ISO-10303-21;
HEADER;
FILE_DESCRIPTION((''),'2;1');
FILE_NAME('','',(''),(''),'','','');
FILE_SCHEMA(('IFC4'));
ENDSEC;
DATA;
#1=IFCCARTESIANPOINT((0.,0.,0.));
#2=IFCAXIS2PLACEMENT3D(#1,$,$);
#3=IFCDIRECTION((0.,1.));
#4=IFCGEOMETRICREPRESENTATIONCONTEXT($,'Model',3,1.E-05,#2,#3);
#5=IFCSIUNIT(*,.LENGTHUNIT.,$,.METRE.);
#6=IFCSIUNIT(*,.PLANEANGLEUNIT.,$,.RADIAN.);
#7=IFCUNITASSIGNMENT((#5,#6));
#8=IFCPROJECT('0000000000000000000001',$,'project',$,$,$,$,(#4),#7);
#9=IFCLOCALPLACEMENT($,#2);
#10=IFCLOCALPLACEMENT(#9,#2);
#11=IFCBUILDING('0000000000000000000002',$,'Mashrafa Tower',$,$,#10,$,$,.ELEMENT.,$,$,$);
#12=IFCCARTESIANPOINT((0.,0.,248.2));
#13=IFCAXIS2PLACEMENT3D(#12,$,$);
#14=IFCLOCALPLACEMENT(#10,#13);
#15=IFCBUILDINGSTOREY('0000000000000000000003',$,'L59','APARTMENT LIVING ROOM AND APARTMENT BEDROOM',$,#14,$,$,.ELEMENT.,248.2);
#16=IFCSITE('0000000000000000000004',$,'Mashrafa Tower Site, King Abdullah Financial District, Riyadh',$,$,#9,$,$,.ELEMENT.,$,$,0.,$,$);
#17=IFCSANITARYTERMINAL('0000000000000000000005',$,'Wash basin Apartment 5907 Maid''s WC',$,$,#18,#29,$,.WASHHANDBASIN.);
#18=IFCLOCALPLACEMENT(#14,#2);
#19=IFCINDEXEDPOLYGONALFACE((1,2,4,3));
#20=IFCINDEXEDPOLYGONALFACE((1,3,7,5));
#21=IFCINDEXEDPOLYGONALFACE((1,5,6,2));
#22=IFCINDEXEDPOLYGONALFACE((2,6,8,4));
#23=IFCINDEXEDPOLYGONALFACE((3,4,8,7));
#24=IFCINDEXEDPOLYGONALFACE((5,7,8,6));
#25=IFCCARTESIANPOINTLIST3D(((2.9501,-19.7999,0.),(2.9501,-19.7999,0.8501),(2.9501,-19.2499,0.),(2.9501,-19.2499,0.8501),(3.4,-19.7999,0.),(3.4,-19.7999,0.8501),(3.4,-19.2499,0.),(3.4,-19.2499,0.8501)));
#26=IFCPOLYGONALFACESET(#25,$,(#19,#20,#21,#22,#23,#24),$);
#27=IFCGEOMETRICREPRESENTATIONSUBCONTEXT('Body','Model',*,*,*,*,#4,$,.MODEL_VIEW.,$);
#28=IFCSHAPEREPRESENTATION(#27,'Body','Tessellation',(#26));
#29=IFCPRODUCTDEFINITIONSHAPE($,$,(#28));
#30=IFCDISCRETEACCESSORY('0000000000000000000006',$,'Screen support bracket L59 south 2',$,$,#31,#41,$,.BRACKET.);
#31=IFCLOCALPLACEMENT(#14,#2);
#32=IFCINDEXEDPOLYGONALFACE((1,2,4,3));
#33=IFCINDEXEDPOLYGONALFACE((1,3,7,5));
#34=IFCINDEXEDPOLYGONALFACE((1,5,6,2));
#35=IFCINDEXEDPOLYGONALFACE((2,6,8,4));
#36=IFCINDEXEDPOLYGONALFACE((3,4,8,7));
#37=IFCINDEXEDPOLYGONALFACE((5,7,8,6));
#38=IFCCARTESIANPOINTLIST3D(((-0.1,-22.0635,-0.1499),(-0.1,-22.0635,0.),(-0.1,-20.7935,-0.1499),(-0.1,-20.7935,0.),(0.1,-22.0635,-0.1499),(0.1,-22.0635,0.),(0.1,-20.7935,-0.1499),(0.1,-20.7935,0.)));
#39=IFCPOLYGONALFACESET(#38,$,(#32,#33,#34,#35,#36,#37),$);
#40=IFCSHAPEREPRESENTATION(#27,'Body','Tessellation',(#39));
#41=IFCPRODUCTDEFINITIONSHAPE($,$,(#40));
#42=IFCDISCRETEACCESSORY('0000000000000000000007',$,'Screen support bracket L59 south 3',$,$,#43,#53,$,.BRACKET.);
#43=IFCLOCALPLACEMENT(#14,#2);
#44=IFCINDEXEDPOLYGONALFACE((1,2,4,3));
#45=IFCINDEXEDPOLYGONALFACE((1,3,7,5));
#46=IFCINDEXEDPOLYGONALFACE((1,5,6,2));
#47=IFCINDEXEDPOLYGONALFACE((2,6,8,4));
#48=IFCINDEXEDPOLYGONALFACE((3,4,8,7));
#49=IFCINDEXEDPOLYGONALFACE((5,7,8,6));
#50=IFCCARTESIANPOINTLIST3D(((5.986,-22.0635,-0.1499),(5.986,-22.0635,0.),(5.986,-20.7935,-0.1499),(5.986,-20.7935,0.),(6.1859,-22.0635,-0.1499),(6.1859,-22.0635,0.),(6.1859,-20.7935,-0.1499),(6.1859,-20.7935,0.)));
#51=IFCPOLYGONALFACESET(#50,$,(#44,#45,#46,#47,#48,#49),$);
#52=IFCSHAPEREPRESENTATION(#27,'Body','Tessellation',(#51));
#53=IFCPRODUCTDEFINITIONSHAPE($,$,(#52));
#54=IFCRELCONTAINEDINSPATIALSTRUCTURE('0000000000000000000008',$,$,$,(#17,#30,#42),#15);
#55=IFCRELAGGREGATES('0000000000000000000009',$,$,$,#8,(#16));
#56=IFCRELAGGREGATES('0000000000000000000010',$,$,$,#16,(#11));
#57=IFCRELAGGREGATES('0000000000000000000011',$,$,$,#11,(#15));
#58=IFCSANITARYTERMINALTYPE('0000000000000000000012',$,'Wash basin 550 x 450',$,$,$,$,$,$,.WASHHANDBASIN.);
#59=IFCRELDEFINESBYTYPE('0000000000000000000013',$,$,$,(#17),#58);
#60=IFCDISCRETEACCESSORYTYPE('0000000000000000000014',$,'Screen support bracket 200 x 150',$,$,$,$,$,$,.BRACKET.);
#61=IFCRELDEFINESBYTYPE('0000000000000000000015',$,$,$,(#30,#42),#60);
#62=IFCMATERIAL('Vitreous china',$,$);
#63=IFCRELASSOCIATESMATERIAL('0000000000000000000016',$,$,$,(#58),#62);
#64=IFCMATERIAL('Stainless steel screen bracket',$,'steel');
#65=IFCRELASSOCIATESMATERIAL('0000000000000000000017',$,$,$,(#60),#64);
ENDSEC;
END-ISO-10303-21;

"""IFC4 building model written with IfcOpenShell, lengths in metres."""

from ifc_helpers import new_model, si_unit, direction, frame, origin, origin_2d, place, context, subcontext, project, spatial, rectangle, extrude, source, transform, mapped, material, type_object, type_shapes, element, save


model = new_model("IFC4")

# Units and contexts
model_context = context("Model", 3, precision=1e-05, world=origin(), true_north=direction((0.0, 1.0)))
body_context = subcontext(model_context, "Body", "Model", "MODEL_VIEW")
ifc_project = project(units=[si_unit("LENGTHUNIT", "METRE"), si_unit("PLANEANGLEUNIT", "RADIAN")], contexts=[model_context])

# Site, building, storey
site_placement = place(None, origin())
site = spatial("IfcSite", under=ifc_project, at=site_placement, Name="Mashrafa Tower Site, King Abdullah Financial District, Riyadh", CompositionType="ELEMENT", RefElevation=0.0)
building_placement = place(site_placement, origin())
building = spatial("IfcBuilding", under=site, at=building_placement, Name="Mashrafa Tower", CompositionType="ELEMENT")
storey_placement = place(building_placement, frame((0.0, 0.0, 248.2)))
storey = spatial("IfcBuildingStorey", under=building, at=storey_placement, Name="L59", Description="APARTMENT LIVING ROOM AND APARTMENT BEDROOM", CompositionType="ELEMENT", Elevation=248.2)

# Sanitary terminal
ifc_material_1 = material(Name="Vitreous china")
sanitary_terminal_type_1 = type_object("IfcSanitaryTerminalType", Name="Wash basin 550 x 450", PredefinedType="WASHHANDBASIN", material=ifc_material_1)
sanitary_terminal_1_placement = place(storey_placement, frame((3.175, -19.5249, 0.0), z_axis=(0.0, 0.0, 1.0), x_axis=(0.0, -1.0, 0.0)))
element("IfcSanitaryTerminal", 1, at=sanitary_terminal_1_placement, inside=storey, type_object=sanitary_terminal_type_1, Name="Wash basin Apartment 5907 Maid's WC", PredefinedType="WASHHANDBASIN", context=body_context, shape_type="SweptSolid", body=[
    extrude(rectangle(XDim=0.55, YDim=0.45, at=origin_2d()), origin(), (0.0, 0.0, 1.0), 0.8501),
])

# Discrete accessories
ifc_material_2 = material(Name="Stainless steel screen bracket", Category="steel")
discrete_accessory_type = type_object("IfcDiscreteAccessoryType", Name="Screen support bracket 200 x 150", PredefinedType="BRACKET", material=ifc_material_2)
shared_shape_1 = source(origin(), body_context, "Body", "SweptSolid", [
    extrude(rectangle(XDim=0.2, YDim=1.27, at=origin_2d()), origin(), (0.0, 0.0, 1.0), 0.1499),
])
type_shapes(discrete_accessory_type, [shared_shape_1])
for number, where, z_axis, x_axis, name in (
    (2, (0.0, -21.4285, -0.1499), (0.0, 0.0, 1.0), (1.0, 0.0, 0.0), "Screen support bracket L59 south 2"),
    (3, (6.0859, -21.4285, -0.1499), (0.0, 0.0, 1.0), (1.0, 0.0, 0.0), "Screen support bracket L59 south 3"),
):
    element("IfcDiscreteAccessory", number, at=place(storey_placement, frame(where, z_axis=z_axis, x_axis=x_axis)), inside=storey, type_object=discrete_accessory_type, Name=name, PredefinedType="BRACKET", context=body_context, shape_type="MappedRepresentation", body=[
        mapped(shared_shape_1, transform((0.0, 0.0, 0.0))),
    ])

save(model, "model.ifc")
